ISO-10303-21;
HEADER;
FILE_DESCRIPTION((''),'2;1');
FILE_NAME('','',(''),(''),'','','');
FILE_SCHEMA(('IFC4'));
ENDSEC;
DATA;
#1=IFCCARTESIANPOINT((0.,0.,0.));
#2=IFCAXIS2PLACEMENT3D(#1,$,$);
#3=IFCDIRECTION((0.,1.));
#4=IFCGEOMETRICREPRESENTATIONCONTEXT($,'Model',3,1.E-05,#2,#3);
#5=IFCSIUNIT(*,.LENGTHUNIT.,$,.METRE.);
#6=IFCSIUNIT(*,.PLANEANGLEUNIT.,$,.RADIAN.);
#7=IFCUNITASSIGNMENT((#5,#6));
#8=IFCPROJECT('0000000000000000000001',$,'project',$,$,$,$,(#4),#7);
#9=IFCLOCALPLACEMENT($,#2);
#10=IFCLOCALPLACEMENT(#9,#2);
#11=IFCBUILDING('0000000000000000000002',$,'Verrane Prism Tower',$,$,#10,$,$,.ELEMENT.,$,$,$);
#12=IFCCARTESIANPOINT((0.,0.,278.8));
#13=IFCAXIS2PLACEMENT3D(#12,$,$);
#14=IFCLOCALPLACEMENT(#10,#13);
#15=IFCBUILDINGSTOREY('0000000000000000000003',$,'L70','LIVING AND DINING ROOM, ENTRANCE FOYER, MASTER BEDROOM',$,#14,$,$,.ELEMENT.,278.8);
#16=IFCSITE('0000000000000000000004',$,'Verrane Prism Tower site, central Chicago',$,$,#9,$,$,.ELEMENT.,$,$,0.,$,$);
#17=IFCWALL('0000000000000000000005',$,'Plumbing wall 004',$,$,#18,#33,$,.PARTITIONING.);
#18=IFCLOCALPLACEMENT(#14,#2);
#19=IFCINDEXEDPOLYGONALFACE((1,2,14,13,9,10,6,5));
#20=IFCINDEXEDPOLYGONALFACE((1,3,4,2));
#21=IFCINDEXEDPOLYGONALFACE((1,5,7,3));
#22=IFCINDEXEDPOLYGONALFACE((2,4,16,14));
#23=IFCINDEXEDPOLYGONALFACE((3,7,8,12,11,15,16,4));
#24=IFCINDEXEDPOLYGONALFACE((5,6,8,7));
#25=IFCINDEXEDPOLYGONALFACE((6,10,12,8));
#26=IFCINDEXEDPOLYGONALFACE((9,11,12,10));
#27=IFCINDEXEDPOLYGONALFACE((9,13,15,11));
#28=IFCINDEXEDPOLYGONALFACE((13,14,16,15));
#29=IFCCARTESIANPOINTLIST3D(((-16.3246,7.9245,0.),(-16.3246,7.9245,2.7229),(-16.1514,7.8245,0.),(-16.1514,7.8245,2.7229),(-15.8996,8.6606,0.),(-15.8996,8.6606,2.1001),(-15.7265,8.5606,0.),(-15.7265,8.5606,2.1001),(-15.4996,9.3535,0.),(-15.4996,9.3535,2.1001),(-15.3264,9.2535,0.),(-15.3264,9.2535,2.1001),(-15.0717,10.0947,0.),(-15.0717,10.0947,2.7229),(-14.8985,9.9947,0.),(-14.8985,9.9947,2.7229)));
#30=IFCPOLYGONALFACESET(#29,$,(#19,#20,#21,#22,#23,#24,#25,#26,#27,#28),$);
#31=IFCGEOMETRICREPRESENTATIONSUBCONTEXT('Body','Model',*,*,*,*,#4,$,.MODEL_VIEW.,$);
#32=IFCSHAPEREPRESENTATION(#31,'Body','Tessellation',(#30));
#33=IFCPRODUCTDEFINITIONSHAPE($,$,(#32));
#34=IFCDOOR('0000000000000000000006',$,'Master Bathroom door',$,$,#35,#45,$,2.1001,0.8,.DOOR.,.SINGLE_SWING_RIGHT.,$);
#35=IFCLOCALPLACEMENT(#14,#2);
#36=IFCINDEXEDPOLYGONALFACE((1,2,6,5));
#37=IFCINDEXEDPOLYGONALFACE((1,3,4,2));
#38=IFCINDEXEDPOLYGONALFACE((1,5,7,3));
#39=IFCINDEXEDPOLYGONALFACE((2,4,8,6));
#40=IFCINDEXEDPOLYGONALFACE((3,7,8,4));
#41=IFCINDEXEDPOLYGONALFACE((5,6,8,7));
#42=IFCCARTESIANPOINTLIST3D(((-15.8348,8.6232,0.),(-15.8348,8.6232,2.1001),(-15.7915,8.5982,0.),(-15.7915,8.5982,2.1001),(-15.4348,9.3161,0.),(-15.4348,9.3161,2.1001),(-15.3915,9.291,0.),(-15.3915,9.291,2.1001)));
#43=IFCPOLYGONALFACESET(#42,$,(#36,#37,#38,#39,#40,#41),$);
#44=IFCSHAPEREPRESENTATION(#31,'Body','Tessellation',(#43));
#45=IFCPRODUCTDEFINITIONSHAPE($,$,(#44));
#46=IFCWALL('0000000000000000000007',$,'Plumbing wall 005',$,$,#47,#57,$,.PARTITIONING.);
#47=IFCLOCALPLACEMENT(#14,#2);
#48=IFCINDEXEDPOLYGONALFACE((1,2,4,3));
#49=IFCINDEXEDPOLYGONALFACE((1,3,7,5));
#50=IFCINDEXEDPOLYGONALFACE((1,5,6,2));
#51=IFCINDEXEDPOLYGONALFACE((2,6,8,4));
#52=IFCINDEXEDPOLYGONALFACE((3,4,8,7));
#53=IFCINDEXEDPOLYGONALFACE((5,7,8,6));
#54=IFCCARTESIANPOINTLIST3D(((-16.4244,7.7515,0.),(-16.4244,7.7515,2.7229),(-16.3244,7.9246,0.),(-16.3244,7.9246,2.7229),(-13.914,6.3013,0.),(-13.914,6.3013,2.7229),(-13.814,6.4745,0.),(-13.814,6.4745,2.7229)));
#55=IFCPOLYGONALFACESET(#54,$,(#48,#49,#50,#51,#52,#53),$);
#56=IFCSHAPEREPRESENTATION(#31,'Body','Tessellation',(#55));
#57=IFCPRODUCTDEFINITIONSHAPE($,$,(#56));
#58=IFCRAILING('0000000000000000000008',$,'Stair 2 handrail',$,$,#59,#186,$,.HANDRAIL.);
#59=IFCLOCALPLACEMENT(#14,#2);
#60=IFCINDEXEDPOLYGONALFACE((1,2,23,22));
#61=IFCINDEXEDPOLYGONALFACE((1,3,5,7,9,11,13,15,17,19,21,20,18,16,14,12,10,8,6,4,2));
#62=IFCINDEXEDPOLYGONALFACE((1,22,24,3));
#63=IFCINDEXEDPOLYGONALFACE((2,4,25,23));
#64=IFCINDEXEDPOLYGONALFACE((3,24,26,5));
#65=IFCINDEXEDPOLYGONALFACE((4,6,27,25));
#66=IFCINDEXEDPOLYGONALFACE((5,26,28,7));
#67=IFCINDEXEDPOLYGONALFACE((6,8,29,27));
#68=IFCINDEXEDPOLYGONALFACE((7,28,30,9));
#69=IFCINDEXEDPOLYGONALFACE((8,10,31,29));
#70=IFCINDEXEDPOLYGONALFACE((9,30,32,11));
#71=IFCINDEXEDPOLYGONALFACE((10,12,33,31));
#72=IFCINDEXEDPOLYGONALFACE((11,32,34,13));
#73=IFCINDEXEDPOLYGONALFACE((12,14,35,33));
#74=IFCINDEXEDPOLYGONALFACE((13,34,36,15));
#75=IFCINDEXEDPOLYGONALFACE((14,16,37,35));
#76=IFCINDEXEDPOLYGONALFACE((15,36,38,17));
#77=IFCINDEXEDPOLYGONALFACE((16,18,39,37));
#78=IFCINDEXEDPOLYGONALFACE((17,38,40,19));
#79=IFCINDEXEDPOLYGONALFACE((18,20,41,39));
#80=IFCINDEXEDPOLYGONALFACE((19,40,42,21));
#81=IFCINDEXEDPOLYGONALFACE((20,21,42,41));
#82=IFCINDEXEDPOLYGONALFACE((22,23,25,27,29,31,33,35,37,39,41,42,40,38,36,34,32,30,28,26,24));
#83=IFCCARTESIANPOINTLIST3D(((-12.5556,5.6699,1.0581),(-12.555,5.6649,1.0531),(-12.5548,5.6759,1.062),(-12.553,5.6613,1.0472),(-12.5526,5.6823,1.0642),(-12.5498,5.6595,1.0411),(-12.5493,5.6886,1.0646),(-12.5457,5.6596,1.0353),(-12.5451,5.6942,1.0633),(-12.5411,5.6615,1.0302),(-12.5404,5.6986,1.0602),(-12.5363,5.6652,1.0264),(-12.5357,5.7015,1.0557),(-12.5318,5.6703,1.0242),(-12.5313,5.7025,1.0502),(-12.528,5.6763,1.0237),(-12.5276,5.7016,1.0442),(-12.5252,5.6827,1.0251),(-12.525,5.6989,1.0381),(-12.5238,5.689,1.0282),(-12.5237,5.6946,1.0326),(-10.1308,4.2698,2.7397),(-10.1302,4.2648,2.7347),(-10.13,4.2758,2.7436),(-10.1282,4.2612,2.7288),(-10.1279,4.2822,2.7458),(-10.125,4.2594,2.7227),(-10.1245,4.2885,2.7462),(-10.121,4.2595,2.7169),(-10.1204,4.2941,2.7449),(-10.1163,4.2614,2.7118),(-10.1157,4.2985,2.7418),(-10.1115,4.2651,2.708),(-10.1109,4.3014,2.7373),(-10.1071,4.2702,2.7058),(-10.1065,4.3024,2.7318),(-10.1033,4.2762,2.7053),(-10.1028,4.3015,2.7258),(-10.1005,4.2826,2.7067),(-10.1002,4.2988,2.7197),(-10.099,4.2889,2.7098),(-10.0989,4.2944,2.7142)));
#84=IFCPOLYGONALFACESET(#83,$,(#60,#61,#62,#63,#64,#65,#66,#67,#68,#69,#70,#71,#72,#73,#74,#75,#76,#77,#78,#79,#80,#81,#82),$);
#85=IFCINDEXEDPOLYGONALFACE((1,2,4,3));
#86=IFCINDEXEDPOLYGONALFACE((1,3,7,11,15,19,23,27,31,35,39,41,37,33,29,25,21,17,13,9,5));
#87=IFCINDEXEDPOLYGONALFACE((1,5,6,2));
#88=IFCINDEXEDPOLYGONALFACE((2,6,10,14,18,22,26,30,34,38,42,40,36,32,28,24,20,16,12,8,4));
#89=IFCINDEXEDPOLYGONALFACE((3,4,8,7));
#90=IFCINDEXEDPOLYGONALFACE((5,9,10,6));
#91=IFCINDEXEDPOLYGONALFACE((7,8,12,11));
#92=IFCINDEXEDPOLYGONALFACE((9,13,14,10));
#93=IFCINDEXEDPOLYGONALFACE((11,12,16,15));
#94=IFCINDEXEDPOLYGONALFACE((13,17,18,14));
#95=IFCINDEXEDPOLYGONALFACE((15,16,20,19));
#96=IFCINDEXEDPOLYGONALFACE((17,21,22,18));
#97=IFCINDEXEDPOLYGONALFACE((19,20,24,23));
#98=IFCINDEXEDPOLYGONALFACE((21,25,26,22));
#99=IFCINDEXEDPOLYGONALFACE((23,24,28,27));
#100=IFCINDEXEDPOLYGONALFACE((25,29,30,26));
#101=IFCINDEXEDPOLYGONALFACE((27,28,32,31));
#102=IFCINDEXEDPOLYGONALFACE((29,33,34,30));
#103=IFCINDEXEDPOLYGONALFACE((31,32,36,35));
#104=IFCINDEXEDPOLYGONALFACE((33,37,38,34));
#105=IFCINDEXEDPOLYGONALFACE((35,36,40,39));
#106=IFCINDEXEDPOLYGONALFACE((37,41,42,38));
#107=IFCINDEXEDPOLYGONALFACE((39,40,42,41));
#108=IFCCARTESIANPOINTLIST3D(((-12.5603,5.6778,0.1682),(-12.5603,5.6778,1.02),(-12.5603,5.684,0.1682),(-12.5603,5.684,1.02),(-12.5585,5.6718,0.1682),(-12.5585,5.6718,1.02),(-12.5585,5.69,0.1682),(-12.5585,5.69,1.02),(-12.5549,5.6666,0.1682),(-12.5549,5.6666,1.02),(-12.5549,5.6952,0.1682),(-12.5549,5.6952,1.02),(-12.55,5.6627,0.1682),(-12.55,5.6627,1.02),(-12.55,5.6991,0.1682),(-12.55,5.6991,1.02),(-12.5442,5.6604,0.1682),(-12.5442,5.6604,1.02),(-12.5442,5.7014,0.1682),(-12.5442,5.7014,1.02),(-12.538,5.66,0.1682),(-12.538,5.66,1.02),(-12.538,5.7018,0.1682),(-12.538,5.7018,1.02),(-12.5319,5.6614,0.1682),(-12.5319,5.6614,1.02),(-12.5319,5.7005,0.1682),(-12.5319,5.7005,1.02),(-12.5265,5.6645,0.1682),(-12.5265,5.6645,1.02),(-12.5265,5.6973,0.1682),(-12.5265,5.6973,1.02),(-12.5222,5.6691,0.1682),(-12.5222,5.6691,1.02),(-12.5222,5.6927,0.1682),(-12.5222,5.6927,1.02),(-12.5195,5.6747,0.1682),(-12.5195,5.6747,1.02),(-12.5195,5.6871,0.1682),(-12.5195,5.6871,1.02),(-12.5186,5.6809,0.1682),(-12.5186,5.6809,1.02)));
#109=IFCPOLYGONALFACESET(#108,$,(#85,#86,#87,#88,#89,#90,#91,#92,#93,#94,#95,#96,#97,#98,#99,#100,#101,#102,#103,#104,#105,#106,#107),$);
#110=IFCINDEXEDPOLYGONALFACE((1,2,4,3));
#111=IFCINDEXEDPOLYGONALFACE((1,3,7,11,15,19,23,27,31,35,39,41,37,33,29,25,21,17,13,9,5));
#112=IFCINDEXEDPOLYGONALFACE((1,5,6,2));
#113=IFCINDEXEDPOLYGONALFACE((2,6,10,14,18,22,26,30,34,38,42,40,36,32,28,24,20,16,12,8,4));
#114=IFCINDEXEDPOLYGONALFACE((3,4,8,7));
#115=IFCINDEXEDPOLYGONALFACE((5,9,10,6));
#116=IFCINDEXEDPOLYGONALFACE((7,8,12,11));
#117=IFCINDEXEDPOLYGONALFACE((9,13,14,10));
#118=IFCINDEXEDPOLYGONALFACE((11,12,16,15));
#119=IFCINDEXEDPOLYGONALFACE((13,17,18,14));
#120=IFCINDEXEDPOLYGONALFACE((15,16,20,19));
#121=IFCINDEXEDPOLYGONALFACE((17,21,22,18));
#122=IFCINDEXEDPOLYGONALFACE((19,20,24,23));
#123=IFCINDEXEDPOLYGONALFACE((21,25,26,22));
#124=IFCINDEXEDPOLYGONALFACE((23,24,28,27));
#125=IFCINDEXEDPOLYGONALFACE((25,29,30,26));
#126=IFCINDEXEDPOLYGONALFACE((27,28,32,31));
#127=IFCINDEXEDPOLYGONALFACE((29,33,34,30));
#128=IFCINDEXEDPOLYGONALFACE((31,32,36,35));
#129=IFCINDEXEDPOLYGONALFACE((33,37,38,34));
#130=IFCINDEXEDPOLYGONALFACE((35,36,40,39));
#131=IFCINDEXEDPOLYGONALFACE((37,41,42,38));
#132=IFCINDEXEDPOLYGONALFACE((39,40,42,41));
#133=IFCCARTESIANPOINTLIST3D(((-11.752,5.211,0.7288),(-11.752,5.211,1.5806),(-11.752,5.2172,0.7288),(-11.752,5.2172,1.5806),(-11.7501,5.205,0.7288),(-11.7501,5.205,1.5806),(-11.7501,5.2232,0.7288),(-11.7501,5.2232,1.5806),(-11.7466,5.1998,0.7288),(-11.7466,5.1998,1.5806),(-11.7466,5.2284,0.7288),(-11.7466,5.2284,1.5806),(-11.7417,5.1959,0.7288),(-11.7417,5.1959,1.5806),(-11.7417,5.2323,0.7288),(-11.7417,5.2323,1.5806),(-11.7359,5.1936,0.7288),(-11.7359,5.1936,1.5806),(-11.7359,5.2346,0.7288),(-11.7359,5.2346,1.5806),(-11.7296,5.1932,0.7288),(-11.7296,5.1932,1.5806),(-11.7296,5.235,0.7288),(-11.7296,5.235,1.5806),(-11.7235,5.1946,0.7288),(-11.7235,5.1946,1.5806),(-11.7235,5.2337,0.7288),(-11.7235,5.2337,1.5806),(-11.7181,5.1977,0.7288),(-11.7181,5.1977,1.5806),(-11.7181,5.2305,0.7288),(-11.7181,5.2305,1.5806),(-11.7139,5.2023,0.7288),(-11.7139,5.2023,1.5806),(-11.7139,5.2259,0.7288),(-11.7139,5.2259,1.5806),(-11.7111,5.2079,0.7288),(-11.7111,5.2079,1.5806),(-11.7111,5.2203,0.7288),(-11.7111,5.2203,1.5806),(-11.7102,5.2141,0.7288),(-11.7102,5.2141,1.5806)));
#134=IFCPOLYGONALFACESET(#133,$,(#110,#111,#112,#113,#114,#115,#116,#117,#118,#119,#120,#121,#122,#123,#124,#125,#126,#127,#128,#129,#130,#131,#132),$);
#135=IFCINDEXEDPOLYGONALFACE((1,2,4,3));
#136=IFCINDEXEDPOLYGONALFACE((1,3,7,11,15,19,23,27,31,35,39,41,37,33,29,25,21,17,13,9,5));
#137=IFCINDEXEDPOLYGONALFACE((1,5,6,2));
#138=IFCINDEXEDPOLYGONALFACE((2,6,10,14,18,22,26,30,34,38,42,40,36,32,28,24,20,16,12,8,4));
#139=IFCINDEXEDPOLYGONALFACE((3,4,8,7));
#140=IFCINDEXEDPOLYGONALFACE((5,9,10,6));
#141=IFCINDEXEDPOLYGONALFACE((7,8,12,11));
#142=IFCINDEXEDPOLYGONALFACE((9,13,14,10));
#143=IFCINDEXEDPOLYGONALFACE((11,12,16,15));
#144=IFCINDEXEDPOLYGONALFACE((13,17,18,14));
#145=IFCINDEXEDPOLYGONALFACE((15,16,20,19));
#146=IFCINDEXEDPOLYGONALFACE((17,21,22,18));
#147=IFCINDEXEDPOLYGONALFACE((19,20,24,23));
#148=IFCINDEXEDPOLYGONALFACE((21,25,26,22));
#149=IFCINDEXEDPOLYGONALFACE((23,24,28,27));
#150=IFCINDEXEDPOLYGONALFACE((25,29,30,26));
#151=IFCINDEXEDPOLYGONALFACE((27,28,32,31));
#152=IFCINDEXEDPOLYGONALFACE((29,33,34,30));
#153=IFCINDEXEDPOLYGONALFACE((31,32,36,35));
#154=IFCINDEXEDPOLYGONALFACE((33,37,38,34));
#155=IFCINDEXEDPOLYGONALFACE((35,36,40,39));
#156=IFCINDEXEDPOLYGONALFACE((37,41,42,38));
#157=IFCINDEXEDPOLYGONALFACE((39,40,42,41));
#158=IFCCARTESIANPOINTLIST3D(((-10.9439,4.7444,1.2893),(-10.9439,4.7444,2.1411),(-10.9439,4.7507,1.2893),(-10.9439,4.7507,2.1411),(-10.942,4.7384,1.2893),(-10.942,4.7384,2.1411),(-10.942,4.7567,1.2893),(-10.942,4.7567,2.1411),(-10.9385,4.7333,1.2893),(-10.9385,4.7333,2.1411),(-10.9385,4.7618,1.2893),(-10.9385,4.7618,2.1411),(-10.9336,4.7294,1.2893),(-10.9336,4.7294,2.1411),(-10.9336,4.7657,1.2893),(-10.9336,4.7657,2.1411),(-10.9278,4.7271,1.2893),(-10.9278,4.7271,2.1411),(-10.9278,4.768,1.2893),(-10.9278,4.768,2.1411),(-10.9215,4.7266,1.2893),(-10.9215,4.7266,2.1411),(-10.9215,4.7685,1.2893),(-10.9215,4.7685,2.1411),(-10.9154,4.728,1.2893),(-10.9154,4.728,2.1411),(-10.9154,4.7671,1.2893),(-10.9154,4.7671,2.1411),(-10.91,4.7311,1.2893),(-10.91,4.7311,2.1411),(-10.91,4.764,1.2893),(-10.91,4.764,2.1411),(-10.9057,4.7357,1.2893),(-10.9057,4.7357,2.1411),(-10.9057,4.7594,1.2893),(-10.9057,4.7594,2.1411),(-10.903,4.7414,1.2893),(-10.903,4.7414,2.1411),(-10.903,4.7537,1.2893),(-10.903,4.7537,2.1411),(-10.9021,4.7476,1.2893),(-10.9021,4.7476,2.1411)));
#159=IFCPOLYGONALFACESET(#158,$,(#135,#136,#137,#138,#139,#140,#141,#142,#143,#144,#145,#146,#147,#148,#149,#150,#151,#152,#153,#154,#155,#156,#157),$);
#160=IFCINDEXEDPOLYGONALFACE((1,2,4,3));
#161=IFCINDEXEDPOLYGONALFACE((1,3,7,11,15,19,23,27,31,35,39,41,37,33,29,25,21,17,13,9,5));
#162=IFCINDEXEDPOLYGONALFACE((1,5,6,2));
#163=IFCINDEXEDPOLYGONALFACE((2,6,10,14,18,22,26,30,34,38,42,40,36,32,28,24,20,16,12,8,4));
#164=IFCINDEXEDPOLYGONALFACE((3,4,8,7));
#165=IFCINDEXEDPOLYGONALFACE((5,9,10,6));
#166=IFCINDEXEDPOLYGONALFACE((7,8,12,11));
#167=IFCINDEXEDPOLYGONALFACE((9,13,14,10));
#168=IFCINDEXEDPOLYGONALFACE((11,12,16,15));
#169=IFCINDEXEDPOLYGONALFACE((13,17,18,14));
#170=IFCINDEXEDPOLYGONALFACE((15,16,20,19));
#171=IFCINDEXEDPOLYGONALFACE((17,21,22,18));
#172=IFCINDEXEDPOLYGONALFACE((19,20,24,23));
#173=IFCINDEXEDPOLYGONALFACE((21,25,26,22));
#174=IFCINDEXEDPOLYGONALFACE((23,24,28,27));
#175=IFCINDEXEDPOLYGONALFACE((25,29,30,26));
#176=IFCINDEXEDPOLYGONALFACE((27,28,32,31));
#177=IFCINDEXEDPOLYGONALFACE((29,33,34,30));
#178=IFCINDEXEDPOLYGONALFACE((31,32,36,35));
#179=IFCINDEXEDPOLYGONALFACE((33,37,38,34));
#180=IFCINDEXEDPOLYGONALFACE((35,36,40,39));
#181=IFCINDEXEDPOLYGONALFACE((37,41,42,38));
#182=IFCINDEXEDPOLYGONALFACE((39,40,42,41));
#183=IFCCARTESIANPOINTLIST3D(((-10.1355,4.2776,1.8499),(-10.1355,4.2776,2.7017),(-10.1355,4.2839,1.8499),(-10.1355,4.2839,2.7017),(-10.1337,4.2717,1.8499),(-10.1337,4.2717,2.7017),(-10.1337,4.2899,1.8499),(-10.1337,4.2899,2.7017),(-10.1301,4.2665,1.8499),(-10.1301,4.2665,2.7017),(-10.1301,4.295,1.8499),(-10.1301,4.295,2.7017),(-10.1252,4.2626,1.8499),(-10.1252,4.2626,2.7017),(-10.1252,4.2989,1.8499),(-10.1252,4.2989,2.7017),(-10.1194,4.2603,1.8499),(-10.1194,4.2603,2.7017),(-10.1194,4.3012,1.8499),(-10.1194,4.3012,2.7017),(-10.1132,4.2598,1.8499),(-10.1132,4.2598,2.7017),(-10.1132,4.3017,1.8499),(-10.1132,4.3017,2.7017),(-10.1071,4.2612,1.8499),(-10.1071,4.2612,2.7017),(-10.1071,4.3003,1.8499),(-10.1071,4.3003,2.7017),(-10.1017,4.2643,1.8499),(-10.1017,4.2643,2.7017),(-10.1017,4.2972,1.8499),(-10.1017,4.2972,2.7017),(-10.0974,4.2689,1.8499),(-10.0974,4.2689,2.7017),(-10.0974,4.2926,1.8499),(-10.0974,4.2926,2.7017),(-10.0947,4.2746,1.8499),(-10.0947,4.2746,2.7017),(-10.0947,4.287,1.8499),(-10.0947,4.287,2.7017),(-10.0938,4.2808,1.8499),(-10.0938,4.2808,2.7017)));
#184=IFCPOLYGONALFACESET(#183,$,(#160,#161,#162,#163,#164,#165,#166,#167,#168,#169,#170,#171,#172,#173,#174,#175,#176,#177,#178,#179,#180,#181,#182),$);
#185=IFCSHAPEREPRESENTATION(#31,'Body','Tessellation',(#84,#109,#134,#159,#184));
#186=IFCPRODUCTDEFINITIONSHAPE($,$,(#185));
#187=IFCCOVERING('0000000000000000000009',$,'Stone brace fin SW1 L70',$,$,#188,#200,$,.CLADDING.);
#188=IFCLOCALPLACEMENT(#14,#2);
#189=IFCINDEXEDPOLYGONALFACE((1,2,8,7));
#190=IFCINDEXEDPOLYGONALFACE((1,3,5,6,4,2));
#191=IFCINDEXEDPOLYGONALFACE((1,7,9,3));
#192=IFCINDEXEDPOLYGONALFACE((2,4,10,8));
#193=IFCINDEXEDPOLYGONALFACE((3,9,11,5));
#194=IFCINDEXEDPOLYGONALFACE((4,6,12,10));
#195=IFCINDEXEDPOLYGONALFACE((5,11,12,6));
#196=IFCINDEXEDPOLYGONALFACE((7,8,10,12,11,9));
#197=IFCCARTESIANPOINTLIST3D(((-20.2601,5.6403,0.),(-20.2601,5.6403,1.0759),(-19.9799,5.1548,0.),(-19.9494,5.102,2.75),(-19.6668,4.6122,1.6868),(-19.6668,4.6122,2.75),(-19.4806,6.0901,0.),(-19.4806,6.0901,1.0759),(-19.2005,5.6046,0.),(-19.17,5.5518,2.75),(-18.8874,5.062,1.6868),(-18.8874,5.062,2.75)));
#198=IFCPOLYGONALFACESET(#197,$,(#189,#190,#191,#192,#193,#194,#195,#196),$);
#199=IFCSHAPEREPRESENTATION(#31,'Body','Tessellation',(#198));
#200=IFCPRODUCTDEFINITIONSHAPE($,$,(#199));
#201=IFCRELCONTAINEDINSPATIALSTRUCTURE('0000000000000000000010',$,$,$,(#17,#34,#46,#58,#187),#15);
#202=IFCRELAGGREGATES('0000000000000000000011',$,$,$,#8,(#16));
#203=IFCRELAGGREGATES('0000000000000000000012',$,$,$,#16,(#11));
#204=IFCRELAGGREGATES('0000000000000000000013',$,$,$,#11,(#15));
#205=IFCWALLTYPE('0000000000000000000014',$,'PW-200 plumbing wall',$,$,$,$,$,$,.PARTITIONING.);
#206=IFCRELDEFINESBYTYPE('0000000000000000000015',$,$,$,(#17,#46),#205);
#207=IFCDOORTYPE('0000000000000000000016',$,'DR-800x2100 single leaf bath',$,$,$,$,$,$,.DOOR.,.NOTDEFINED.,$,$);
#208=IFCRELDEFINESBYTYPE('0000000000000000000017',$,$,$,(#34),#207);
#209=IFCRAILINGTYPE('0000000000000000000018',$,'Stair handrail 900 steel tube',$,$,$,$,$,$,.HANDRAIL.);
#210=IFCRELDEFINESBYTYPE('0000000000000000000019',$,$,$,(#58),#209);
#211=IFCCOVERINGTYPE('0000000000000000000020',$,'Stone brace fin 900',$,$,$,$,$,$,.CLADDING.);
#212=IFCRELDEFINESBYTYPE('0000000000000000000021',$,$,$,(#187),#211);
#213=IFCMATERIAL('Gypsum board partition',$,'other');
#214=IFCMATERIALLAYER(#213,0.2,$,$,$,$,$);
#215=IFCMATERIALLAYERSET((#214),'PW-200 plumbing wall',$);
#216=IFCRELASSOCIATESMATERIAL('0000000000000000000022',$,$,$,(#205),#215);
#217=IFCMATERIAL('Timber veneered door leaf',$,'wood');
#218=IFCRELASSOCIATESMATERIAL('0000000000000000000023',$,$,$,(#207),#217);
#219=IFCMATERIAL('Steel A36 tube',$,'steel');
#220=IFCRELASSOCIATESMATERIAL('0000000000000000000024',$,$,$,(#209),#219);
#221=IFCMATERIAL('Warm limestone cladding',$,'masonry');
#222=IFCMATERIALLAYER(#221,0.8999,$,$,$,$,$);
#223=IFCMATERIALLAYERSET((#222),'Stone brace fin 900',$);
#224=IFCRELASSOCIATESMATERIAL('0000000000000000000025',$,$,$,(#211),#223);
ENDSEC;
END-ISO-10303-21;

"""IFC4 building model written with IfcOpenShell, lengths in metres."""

from ifc_helpers import new_model, si_unit, direction, frame, frame_2d, origin, origin_2d, place, context, subcontext, project, spatial, polyline, rectangle, circle, outline, extrude, material, layer, layer_set, type_object, element, fill, save


model = new_model("IFC4")

# Units and contexts
model_context = context("Model", 3, precision=1e-05, world=origin(), true_north=direction((0.0, 1.0)))
body_context = subcontext(model_context, "Body", "Model", "MODEL_VIEW")
ifc_project = project(units=[si_unit("LENGTHUNIT", "METRE"), si_unit("PLANEANGLEUNIT", "RADIAN")], contexts=[model_context])

# Site, building, storey
site_placement = place(None, origin())
site = spatial("IfcSite", under=ifc_project, at=site_placement, Name="Verrane Prism Tower site, central Chicago", CompositionType="ELEMENT", RefElevation=0.0)
building_placement = place(site_placement, origin())
building = spatial("IfcBuilding", under=site, at=building_placement, Name="Verrane Prism Tower", CompositionType="ELEMENT")
storey_placement = place(building_placement, frame((0.0, 0.0, 278.8)))
storey = spatial("IfcBuildingStorey", under=building, at=storey_placement, Name="L70", Description="LIVING AND DINING ROOM, ENTRANCE FOYER, MASTER BEDROOM", CompositionType="ELEMENT", Elevation=278.8)

# Wall, opening, door
ifc_material_1 = material(Name="Gypsum board partition", Category="other")
ifc_layer_1 = layer(ifc_material_1, 0.2)
ifc_layer_set_1 = layer_set([ifc_layer_1], Name="PW-200 plumbing wall")
wall_type_1 = type_object("IfcWallType", Name="PW-200 plumbing wall", PredefinedType="PARTITIONING", material=ifc_layer_set_1)
wall_1_placement = place(storey_placement, frame((-14.9851, 10.0447, 0.0), z_axis=(0.0, 0.0, 1.0), x_axis=(-0.499995, -0.866028, 0.0)))
wall_1 = element("IfcWall", 1, at=wall_1_placement, inside=storey, type_object=wall_type_1, Name="Plumbing wall 004", PredefinedType="PARTITIONING", context=body_context, shape_type="SweptSolid", body=[
    extrude(rectangle(XDim=2.5059, YDim=0.2, at=frame_2d((1.2529, 0.0))), origin(), (0.0, 0.0, 1.0), 2.7229),
])
opening_1_placement = place(wall_1_placement, frame((0.856, 0.0, 0.0)))
opening_1 = element("IfcOpeningElement", 2, at=opening_1_placement, cuts=wall_1, PredefinedType="OPENING", context=body_context, shape_type="SweptSolid", body=[
    extrude(rectangle(XDim=0.8, YDim=2.1001, at=frame_2d((0.3999, 1.05))), frame((0.0, 0.1099, 0.0), z_axis=(0.0, -1.0, 0.0), x_axis=(1.0, 0.0, 0.0)), (0.0, 0.0, 1.0), 0.22),
])
ifc_material_2 = material(Name="Timber veneered door leaf", Category="wood")
door_type_1 = type_object("IfcDoorType", Name="DR-800x2100 single leaf bath", OperationType="NOTDEFINED", PredefinedType="DOOR", material=ifc_material_2)
door_1_placement = place(opening_1_placement, origin())
door_1 = element("IfcDoor", 3, at=door_1_placement, inside=storey, type_object=door_type_1, Name="Master Bathroom door", OperationType="SINGLE_SWING_RIGHT", OverallHeight=2.1001, OverallWidth=0.8, PredefinedType="DOOR", context=body_context, shape_type="SweptSolid", body=[
    extrude(rectangle(XDim=0.8, YDim=2.1001, at=frame_2d((0.3999, 1.05))), frame((0.0, 0.0249, 0.0), z_axis=(0.0, -1.0, 0.0), x_axis=(1.0, 0.0, 0.0)), (0.0, 0.0, 1.0), 0.05),
])
fill(opening_1, door_1)

# Wall
wall_2_placement = place(storey_placement, frame((-16.3745, 7.8381, 0.0), z_axis=(0.0, 0.0, 1.0), x_axis=(0.865912, -0.500196, 0.0)))
element("IfcWall", 4, at=wall_2_placement, inside=storey, type_object=wall_type_1, Name="Plumbing wall 005", PredefinedType="PARTITIONING", context=body_context, shape_type="SweptSolid", body=[
    extrude(rectangle(XDim=2.8992, YDim=0.2, at=frame_2d((1.4497, 0.0))), origin(), (0.0, 0.0, 1.0), 2.7229),
])

# Railing
ifc_material_3 = material(Name="Steel A36 tube", Category="steel")
railing_type = type_object("IfcRailingType", Name="Stair handrail 900 steel tube", PredefinedType="HANDRAIL", material=ifc_material_3)
railing_placement = place(storey_placement, frame((-12.5396, 5.6809, 0.1682)))
element("IfcRailing", 5, at=railing_placement, inside=storey, type_object=railing_type, Name="Stair 2 handrail", PredefinedType="HANDRAIL", context=body_context, shape_type="SweptSolid", body=[
    extrude(circle(Radius=0.0239, at=origin_2d()), frame((0.0, 0.0, 0.876), z_axis=(0.742395, -0.428679, 0.514863), x_axis=(0.50005, 0.865997, 0.0)), (0.0, 0.0, 1.0), 3.2661),
    extrude(circle(Radius=0.021, at=origin_2d()), origin(), (0.0, 0.0, 1.0), 0.8518),
    extrude(circle(Radius=0.021, at=origin_2d()), frame((0.8083, -0.4668, 0.5605)), (0.0, 0.0, 1.0), 0.8518),
    extrude(circle(Radius=0.021, at=origin_2d()), frame((1.6165, -0.9333, 1.1211)), (0.0, 0.0, 1.0), 0.8518),
    extrude(circle(Radius=0.021, at=origin_2d()), frame((2.4248, -1.4001, 1.6816)), (0.0, 0.0, 1.0), 0.8518),
])

# Covering
ifc_material_4 = material(Name="Warm limestone cladding", Category="masonry")
ifc_layer_2 = layer(ifc_material_4, 0.8999)
ifc_layer_set_2 = layer_set([ifc_layer_2], Name="Stone brace fin 900")
covering_type = type_object("IfcCoveringType", Name="Stone brace fin 900", PredefinedType="CLADDING", material=ifc_layer_set_2)
covering_placement = place(storey_placement, frame((-19.8704, 5.8652, 0.0), z_axis=(0.0, 0.0, 1.0), x_axis=(0.499811, -0.866134, 0.0)))
element("IfcCovering", 6, at=covering_placement, inside=storey, type_object=covering_type, Name="Stone brace fin SW1 L70", PredefinedType="CLADDING", context=body_context, shape_type="SweptSolid", body=[
    extrude(outline(polyline([(1.187, 2.75), (0.6216, 2.75), (0.0, 1.0759), (0.0, 0.0), (0.5605, 0.0), (1.187, 1.6868), (1.187, 2.75)])), frame((0.0, 0.45, 0.0), z_axis=(0.0, -1.0, 0.0), x_axis=(1.0, 0.0, 0.0)), (0.0, 0.0, 1.0), 0.8999),
])

save(model, "model.ifc")
